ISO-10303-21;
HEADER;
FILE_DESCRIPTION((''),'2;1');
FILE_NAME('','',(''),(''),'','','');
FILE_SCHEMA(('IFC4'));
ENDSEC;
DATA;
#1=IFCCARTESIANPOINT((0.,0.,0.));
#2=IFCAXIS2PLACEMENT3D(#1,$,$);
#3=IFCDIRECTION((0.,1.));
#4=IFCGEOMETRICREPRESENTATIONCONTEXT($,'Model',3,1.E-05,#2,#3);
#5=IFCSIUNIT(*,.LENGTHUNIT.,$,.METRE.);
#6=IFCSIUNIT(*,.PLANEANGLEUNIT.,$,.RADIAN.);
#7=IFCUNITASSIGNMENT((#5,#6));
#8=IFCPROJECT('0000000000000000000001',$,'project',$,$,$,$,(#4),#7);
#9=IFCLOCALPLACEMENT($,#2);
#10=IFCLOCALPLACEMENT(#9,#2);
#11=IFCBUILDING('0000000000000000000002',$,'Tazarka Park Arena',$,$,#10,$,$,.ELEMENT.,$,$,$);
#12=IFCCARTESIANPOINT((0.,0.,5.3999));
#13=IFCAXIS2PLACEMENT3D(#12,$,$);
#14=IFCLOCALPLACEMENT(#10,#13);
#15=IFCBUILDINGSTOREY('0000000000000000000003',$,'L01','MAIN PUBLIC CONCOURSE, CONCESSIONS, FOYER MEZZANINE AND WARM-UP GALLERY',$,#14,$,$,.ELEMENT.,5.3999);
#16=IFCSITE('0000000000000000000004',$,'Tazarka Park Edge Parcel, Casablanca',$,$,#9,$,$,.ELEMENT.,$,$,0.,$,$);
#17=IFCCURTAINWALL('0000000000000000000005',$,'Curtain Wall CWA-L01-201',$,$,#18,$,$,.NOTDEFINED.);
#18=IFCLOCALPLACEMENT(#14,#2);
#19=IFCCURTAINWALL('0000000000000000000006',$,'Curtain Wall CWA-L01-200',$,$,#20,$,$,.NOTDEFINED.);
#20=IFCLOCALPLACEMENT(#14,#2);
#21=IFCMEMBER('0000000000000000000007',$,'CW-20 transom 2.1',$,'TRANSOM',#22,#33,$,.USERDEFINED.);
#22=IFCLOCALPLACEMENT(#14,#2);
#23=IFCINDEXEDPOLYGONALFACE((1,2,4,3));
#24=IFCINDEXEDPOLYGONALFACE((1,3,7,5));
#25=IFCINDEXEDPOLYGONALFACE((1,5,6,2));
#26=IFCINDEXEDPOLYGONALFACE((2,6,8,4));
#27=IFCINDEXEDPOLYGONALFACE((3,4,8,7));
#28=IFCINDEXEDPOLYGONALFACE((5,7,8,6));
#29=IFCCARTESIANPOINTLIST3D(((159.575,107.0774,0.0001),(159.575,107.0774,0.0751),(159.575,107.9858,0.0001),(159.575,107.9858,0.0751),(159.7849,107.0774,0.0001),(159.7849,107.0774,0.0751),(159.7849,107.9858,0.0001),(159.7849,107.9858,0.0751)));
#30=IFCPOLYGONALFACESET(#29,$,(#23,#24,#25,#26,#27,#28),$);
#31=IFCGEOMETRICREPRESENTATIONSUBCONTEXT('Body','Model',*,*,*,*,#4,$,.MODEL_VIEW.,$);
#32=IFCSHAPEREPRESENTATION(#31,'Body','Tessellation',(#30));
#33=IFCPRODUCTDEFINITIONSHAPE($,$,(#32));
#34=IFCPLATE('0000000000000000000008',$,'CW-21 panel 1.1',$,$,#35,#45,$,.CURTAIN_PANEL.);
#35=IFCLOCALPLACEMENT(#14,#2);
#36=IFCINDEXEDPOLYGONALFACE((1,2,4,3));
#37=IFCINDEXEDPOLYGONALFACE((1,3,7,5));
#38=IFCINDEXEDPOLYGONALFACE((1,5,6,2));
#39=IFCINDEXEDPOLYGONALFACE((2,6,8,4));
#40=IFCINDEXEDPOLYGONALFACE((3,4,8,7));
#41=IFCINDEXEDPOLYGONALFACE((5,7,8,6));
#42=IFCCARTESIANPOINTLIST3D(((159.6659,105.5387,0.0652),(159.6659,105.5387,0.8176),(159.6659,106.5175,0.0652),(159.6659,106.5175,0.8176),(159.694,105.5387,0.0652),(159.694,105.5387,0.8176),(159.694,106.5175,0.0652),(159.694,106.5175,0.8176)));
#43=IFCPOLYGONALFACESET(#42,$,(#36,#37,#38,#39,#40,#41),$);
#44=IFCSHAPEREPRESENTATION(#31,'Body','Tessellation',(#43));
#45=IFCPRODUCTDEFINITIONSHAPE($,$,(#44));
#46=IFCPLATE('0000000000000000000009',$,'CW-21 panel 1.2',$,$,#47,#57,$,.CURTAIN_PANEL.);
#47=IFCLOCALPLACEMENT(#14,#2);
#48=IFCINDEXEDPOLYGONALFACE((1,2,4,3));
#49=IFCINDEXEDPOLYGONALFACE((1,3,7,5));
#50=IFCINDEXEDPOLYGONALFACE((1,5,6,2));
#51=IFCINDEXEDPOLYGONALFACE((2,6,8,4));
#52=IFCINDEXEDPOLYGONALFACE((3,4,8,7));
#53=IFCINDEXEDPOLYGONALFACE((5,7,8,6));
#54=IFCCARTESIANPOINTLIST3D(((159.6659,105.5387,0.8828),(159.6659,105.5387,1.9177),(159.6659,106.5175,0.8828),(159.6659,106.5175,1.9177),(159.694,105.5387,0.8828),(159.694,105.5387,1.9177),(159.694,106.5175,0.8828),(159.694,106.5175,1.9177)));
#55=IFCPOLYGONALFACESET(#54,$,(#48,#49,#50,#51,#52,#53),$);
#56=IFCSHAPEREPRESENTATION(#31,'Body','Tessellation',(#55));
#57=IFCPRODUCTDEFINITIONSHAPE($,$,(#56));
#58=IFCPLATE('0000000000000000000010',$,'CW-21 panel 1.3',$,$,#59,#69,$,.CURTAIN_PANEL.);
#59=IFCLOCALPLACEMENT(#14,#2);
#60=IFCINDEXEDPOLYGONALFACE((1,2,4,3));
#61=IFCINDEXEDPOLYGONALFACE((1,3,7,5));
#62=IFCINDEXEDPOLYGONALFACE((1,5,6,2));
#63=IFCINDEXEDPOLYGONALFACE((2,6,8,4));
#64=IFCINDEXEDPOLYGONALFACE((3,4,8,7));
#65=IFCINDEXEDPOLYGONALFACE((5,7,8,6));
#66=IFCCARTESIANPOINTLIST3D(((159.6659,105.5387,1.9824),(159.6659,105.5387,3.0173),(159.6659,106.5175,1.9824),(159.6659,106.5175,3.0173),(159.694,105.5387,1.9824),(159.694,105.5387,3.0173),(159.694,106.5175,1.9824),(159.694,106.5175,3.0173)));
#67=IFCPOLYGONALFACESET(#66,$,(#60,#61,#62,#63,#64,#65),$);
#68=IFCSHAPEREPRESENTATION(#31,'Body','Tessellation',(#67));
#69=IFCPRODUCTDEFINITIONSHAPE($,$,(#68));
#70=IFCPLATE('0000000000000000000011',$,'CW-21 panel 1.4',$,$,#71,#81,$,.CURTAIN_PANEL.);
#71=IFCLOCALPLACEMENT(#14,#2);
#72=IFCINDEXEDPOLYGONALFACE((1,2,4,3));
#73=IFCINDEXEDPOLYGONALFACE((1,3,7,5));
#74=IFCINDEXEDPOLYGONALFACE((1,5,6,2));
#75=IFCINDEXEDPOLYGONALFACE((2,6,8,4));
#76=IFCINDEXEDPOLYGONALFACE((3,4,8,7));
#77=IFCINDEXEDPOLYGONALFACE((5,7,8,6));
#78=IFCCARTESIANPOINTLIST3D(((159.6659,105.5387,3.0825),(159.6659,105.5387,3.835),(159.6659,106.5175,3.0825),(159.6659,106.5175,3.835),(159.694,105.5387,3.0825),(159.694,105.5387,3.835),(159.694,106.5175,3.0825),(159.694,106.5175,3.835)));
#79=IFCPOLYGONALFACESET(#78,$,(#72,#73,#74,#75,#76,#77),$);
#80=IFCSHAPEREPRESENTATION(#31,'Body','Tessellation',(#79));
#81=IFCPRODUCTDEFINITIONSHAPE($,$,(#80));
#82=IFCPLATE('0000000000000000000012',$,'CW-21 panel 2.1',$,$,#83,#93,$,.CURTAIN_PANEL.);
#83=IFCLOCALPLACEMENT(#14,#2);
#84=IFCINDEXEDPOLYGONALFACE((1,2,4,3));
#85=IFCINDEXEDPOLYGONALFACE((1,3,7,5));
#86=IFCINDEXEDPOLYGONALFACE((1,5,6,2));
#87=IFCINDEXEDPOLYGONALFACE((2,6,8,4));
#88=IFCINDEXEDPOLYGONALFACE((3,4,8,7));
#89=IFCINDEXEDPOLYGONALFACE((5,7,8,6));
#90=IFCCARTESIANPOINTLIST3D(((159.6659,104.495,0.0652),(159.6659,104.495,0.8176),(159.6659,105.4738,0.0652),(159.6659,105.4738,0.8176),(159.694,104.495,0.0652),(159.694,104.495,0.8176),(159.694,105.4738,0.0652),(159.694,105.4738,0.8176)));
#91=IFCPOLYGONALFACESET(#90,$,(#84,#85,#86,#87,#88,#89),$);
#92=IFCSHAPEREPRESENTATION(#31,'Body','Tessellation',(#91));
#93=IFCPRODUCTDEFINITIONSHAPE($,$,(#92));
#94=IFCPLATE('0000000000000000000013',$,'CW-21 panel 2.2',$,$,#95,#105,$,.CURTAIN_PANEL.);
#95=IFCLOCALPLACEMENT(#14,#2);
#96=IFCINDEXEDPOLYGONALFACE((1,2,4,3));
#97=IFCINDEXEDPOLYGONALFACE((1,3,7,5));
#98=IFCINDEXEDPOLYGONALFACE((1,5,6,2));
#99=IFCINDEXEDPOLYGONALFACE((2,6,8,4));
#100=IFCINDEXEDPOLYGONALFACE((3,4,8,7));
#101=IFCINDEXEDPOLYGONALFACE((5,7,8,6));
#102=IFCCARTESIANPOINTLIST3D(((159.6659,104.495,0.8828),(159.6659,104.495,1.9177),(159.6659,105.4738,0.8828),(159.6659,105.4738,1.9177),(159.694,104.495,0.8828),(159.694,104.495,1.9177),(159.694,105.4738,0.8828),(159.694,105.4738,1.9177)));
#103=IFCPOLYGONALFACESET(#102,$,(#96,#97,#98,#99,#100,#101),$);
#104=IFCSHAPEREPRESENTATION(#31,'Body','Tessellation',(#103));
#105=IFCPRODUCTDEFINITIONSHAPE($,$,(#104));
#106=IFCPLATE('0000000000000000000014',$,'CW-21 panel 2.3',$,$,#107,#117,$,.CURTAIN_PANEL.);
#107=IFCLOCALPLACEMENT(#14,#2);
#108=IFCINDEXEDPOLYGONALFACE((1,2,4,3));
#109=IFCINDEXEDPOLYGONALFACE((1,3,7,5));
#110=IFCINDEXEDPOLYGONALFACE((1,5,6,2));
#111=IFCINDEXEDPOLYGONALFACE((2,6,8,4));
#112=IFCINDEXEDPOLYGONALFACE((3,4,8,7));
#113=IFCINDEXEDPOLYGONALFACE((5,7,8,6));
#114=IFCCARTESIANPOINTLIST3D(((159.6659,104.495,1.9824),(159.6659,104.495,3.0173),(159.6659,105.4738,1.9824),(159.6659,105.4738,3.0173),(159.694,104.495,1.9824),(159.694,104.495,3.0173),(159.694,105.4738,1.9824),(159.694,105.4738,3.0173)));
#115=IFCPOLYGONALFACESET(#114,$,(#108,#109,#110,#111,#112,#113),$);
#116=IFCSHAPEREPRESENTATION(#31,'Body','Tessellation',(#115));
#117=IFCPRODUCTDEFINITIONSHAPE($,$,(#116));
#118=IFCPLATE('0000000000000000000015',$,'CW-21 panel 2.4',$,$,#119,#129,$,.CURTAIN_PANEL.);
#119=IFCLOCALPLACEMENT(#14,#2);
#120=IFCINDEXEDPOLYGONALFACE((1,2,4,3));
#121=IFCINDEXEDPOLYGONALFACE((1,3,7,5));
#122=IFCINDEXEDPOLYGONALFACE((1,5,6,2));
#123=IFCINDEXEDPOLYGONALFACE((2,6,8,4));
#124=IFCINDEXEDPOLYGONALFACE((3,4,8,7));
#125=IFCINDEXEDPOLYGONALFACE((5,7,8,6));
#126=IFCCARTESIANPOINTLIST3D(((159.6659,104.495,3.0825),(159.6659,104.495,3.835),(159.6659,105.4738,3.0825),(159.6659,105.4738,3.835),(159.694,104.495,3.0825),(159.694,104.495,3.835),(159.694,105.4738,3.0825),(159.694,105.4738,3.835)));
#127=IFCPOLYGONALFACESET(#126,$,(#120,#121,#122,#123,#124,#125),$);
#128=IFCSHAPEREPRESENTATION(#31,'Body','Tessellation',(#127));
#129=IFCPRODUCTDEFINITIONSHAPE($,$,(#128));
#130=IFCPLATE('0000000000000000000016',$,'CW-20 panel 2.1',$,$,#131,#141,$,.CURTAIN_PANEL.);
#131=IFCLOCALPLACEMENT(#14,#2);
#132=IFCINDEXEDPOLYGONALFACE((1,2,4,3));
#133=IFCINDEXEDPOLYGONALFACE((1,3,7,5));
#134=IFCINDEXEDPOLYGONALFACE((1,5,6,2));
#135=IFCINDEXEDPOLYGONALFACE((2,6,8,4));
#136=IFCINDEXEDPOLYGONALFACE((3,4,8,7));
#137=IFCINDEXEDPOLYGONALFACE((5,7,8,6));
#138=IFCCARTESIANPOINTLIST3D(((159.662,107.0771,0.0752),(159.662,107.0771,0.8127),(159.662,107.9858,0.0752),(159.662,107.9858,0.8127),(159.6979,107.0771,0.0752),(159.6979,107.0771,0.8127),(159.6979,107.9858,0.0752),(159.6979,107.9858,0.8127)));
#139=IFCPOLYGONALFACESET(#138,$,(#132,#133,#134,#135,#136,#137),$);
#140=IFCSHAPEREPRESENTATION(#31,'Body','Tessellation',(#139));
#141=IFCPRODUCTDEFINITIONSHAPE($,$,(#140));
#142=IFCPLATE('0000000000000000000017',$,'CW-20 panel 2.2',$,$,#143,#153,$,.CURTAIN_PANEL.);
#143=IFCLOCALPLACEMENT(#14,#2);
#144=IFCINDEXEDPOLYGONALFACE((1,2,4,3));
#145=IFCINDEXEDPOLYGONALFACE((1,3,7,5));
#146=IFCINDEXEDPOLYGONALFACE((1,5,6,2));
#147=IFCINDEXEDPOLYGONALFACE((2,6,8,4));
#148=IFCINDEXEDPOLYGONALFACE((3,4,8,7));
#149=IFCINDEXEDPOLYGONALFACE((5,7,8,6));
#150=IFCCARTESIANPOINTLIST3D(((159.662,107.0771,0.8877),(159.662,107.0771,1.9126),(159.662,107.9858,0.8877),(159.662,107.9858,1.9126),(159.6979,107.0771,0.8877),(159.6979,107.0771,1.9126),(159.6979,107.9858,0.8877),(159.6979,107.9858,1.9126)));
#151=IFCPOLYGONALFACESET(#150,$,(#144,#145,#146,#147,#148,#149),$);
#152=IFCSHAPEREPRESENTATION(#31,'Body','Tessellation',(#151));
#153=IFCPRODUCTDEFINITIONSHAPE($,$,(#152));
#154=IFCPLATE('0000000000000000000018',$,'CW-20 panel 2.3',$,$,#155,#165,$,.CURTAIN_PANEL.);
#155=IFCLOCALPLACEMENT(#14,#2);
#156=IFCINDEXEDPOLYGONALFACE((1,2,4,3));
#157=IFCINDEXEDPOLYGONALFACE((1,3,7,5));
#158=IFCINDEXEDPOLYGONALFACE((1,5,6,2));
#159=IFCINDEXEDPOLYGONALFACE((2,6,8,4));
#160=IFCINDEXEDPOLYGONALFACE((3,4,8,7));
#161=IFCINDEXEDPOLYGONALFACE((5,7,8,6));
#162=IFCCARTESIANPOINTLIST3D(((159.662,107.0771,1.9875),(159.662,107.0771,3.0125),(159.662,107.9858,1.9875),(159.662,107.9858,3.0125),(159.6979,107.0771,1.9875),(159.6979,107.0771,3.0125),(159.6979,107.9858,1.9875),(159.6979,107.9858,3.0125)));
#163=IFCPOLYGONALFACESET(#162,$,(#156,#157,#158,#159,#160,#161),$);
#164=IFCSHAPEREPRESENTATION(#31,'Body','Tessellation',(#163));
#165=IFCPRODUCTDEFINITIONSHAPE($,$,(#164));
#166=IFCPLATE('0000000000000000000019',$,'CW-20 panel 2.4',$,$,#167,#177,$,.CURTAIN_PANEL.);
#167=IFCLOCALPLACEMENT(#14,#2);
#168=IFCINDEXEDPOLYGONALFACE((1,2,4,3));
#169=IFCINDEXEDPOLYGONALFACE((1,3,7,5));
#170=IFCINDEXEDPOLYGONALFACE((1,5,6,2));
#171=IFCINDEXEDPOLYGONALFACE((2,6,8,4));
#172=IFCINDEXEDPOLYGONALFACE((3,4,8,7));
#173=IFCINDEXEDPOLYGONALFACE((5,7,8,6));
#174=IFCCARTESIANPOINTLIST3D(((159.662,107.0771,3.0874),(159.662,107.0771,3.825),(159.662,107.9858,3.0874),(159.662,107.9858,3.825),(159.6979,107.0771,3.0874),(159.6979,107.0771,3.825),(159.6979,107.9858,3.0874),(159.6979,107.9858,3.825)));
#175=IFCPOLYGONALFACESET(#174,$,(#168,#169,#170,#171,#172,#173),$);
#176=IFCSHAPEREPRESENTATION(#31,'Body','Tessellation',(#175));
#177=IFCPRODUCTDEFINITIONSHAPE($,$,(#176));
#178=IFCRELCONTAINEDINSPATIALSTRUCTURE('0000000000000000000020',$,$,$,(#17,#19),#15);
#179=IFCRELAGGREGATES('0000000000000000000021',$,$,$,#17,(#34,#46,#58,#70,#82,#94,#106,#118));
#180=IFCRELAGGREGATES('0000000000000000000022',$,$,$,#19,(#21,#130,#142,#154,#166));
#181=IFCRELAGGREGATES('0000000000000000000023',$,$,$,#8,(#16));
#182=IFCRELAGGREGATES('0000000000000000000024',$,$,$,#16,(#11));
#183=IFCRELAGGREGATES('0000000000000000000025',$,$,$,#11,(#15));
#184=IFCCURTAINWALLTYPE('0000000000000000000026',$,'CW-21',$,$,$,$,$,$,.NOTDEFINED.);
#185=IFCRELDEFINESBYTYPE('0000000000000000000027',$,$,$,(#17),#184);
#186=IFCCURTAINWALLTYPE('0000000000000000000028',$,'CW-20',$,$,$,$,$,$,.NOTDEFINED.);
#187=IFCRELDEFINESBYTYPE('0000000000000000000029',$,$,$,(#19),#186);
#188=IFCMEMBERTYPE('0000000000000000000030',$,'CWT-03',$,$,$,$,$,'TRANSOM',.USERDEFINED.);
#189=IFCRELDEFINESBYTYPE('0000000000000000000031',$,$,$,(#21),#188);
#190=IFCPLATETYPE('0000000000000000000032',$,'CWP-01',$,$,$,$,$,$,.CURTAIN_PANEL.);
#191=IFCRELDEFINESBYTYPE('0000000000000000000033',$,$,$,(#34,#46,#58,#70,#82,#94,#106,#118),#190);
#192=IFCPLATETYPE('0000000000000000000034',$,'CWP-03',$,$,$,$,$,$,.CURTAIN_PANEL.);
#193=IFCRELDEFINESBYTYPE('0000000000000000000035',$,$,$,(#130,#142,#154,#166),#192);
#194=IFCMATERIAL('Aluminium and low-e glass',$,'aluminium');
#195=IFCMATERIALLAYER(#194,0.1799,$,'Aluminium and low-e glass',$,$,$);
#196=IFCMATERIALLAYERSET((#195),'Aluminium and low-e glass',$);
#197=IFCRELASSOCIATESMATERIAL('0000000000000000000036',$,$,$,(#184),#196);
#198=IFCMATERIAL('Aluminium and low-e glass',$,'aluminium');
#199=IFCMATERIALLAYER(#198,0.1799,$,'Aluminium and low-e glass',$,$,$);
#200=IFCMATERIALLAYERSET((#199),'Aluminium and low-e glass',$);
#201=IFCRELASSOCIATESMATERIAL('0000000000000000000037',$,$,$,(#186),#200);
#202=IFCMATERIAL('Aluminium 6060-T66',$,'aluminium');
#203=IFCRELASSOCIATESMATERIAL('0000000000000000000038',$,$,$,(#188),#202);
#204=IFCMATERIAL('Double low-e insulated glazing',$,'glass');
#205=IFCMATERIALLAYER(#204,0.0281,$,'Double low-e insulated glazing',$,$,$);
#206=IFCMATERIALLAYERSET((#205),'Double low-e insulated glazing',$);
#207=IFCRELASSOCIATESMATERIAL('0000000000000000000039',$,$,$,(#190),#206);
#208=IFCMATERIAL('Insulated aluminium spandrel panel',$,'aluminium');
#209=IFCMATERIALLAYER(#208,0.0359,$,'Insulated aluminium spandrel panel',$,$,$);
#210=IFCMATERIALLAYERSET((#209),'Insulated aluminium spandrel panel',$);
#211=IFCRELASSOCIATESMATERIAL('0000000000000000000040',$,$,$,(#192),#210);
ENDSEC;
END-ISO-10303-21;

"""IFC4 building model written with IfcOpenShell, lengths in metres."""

from ifc_helpers import new_model, si_unit, direction, frame, origin, origin_2d, place, context, subcontext, project, spatial, rectangle, extrude, material, layer, layer_set, material_profile, profile_set, type_object, element, aggregate, save


model = new_model("IFC4")

# Units and contexts
model_context = context("Model", 3, precision=1e-05, world=origin(), true_north=direction((0.0, 1.0)))
body_context = subcontext(model_context, "Body", "Model", "MODEL_VIEW")
ifc_project = project(units=[si_unit("LENGTHUNIT", "METRE"), si_unit("PLANEANGLEUNIT", "RADIAN")], contexts=[model_context])

# Site, building, storey
site_placement = place(None, origin())
site = spatial("IfcSite", under=ifc_project, at=site_placement, Name="Tazarka Park Edge Parcel, Casablanca", CompositionType="ELEMENT", RefElevation=0.0)
building_placement = place(site_placement, origin())
building = spatial("IfcBuilding", under=site, at=building_placement, Name="Tazarka Park Arena", CompositionType="ELEMENT")
storey_placement = place(building_placement, frame((0.0, 0.0, 5.3999)))
storey = spatial("IfcBuildingStorey", under=building, at=storey_placement, Name="L01", Description="MAIN PUBLIC CONCOURSE, CONCESSIONS, FOYER MEZZANINE AND WARM-UP GALLERY", CompositionType="ELEMENT", Elevation=5.3999)

# Curtain wall
ifc_material_1 = material(Name="Aluminium and low-e glass", Category="aluminium")
ifc_layer_1 = layer(ifc_material_1, 0.1799, Name="Aluminium and low-e glass")
ifc_layer_set_1 = layer_set([ifc_layer_1], Name="Aluminium and low-e glass")
curtain_wall_type_1 = type_object("IfcCurtainWallType", Name="CW-21", PredefinedType="NOTDEFINED", material=ifc_layer_set_1)
curtain_wall_1_placement = place(storey_placement, origin())
curtain_wall_1 = element("IfcCurtainWall", 1, at=curtain_wall_1_placement, inside=storey, type_object=curtain_wall_type_1, Name="Curtain Wall CWA-L01-201", PredefinedType="NOTDEFINED")

# Curtain wall
ifc_material_2 = material(Name="Aluminium and low-e glass", Category="aluminium")
ifc_layer_2 = layer(ifc_material_2, 0.1799, Name="Aluminium and low-e glass")
ifc_layer_set_2 = layer_set([ifc_layer_2], Name="Aluminium and low-e glass")
curtain_wall_type_2 = type_object("IfcCurtainWallType", Name="CW-20", PredefinedType="NOTDEFINED", material=ifc_layer_set_2)
curtain_wall_2_placement = place(storey_placement, origin())
curtain_wall_2 = element("IfcCurtainWall", 2, at=curtain_wall_2_placement, inside=storey, type_object=curtain_wall_type_2, Name="Curtain Wall CWA-L01-200", PredefinedType="NOTDEFINED")

# Member
ifc_material_3 = material(Name="Aluminium 6060-T66", Category="aluminium")
ifc_material_profile_1 = material_profile(ifc_material_3, rectangle(XDim=0.21, YDim=0.075, at=origin_2d()), Name="Aluminium 6060-T66")
ifc_profile_set_1 = profile_set([ifc_material_profile_1], Name="Aluminium 6060-T66")
member_type_1 = type_object("IfcMemberType", Name="CWT-03", ElementType="TRANSOM", PredefinedType="USERDEFINED", material=ifc_profile_set_1)
member_1_placement = place(storey_placement, frame((159.6799, 107.9858, 0.0376), z_axis=(0.0, -1.0, 0.0), x_axis=(1.0, 0.0, 0.0)))
member_1 = element("IfcMember", 3, at=member_1_placement, type_object=member_type_1, Name="CW-20 transom 2.1", ObjectType="TRANSOM", PredefinedType="USERDEFINED", context=body_context, shape_type="SweptSolid", body=[
    extrude(rectangle(XDim=0.21, YDim=0.075, at=origin_2d()), origin(), (0.0, 0.0, 1.0), 0.9084),
])

# Plates
ifc_material_4 = material(Name="Double low-e insulated glazing", Category="glass")
ifc_layer_3 = layer(ifc_material_4, 0.0281, Name="Double low-e insulated glazing")
ifc_layer_set_3 = layer_set([ifc_layer_3], Name="Double low-e insulated glazing")
plate_type_1 = type_object("IfcPlateType", Name="CWP-01", PredefinedType="CURTAIN_PANEL", material=ifc_layer_set_3)
plate_1_placement = place(storey_placement, frame((159.6799, 106.0281, 0.0652), z_axis=(0.0, 0.0, 1.0), x_axis=(0.0, -1.0, 0.0)))
plate_1 = element("IfcPlate", 4, at=plate_1_placement, type_object=plate_type_1, Name="CW-21 panel 1.1", PredefinedType="CURTAIN_PANEL", context=body_context, shape_type="SweptSolid", body=[
    extrude(rectangle(XDim=0.9788, YDim=0.0281, at=origin_2d()), origin(), (0.0, 0.0, 1.0), 0.7524),
])
plate_2_placement = place(storey_placement, frame((159.6799, 106.0281, 0.8828), z_axis=(0.0, 0.0, 1.0), x_axis=(0.0, -1.0, 0.0)))
plate_2 = element("IfcPlate", 5, at=plate_2_placement, type_object=plate_type_1, Name="CW-21 panel 1.2", PredefinedType="CURTAIN_PANEL", context=body_context, shape_type="SweptSolid", body=[
    extrude(rectangle(XDim=0.9788, YDim=0.0281, at=origin_2d()), origin(), (0.0, 0.0, 1.0), 1.0349),
])
plate_3_placement = place(storey_placement, frame((159.6799, 106.0281, 1.9824), z_axis=(0.0, 0.0, 1.0), x_axis=(0.0, -1.0, 0.0)))
plate_3 = element("IfcPlate", 6, at=plate_3_placement, type_object=plate_type_1, Name="CW-21 panel 1.3", PredefinedType="CURTAIN_PANEL", context=body_context, shape_type="SweptSolid", body=[
    extrude(rectangle(XDim=0.9788, YDim=0.0281, at=origin_2d()), origin(), (0.0, 0.0, 1.0), 1.0349),
])
plate_4_placement = place(storey_placement, frame((159.6799, 106.0281, 3.0825), z_axis=(0.0, 0.0, 1.0), x_axis=(0.0, -1.0, 0.0)))
plate_4 = element("IfcPlate", 7, at=plate_4_placement, type_object=plate_type_1, Name="CW-21 panel 1.4", PredefinedType="CURTAIN_PANEL", context=body_context, shape_type="SweptSolid", body=[
    extrude(rectangle(XDim=0.9788, YDim=0.0281, at=origin_2d()), origin(), (0.0, 0.0, 1.0), 0.7524),
])
plate_5_placement = place(storey_placement, frame((159.6799, 104.9844, 0.0652), z_axis=(0.0, 0.0, 1.0), x_axis=(0.0, -1.0, 0.0)))
plate_5 = element("IfcPlate", 8, at=plate_5_placement, type_object=plate_type_1, Name="CW-21 panel 2.1", PredefinedType="CURTAIN_PANEL", context=body_context, shape_type="SweptSolid", body=[
    extrude(rectangle(XDim=0.9788, YDim=0.0281, at=origin_2d()), origin(), (0.0, 0.0, 1.0), 0.7524),
])
plate_6_placement = place(storey_placement, frame((159.6799, 104.9844, 0.8828), z_axis=(0.0, 0.0, 1.0), x_axis=(0.0, -1.0, 0.0)))
plate_6 = element("IfcPlate", 9, at=plate_6_placement, type_object=plate_type_1, Name="CW-21 panel 2.2", PredefinedType="CURTAIN_PANEL", context=body_context, shape_type="SweptSolid", body=[
    extrude(rectangle(XDim=0.9788, YDim=0.0281, at=origin_2d()), origin(), (0.0, 0.0, 1.0), 1.0349),
])
plate_7_placement = place(storey_placement, frame((159.6799, 104.9844, 1.9824), z_axis=(0.0, 0.0, 1.0), x_axis=(0.0, -1.0, 0.0)))
plate_7 = element("IfcPlate", 10, at=plate_7_placement, type_object=plate_type_1, Name="CW-21 panel 2.3", PredefinedType="CURTAIN_PANEL", context=body_context, shape_type="SweptSolid", body=[
    extrude(rectangle(XDim=0.9788, YDim=0.0281, at=origin_2d()), origin(), (0.0, 0.0, 1.0), 1.0349),
])
plate_8_placement = place(storey_placement, frame((159.6799, 104.9844, 3.0825), z_axis=(0.0, 0.0, 1.0), x_axis=(0.0, -1.0, 0.0)))
plate_8 = element("IfcPlate", 11, at=plate_8_placement, type_object=plate_type_1, Name="CW-21 panel 2.4", PredefinedType="CURTAIN_PANEL", context=body_context, shape_type="SweptSolid", body=[
    extrude(rectangle(XDim=0.9788, YDim=0.0281, at=origin_2d()), origin(), (0.0, 0.0, 1.0), 0.7524),
])
aggregate(curtain_wall_1, [plate_1, plate_2, plate_3, plate_4, plate_5, plate_6, plate_7, plate_8])
ifc_material_5 = material(Name="Insulated aluminium spandrel panel", Category="aluminium")
ifc_layer_4 = layer(ifc_material_5, 0.0359, Name="Insulated aluminium spandrel panel")
ifc_layer_set_4 = layer_set([ifc_layer_4], Name="Insulated aluminium spandrel panel")
plate_type_2 = type_object("IfcPlateType", Name="CWP-03", PredefinedType="CURTAIN_PANEL", material=ifc_layer_set_4)
plate_9_placement = place(storey_placement, frame((159.6799, 107.5315, 0.0752), z_axis=(0.0, 0.0, 1.0), x_axis=(0.0, -1.0, 0.0)))
plate_9 = element("IfcPlate", 12, at=plate_9_placement, type_object=plate_type_2, Name="CW-20 panel 2.1", PredefinedType="CURTAIN_PANEL", context=body_context, shape_type="SweptSolid", body=[
    extrude(rectangle(XDim=0.9087, YDim=0.0359, at=origin_2d()), origin(), (0.0, 0.0, 1.0), 0.7375),
])
plate_10_placement = place(storey_placement, frame((159.6799, 107.5315, 0.8877), z_axis=(0.0, 0.0, 1.0), x_axis=(0.0, -1.0, 0.0)))
plate_10 = element("IfcPlate", 13, at=plate_10_placement, type_object=plate_type_2, Name="CW-20 panel 2.2", PredefinedType="CURTAIN_PANEL", context=body_context, shape_type="SweptSolid", body=[
    extrude(rectangle(XDim=0.9087, YDim=0.0359, at=origin_2d()), origin(), (0.0, 0.0, 1.0), 1.0249),
])
plate_11_placement = place(storey_placement, frame((159.6799, 107.5315, 1.9875), z_axis=(0.0, 0.0, 1.0), x_axis=(0.0, -1.0, 0.0)))
plate_11 = element("IfcPlate", 14, at=plate_11_placement, type_object=plate_type_2, Name="CW-20 panel 2.3", PredefinedType="CURTAIN_PANEL", context=body_context, shape_type="SweptSolid", body=[
    extrude(rectangle(XDim=0.9087, YDim=0.0359, at=origin_2d()), origin(), (0.0, 0.0, 1.0), 1.0249),
])
plate_12_placement = place(storey_placement, frame((159.6799, 107.5315, 3.0874), z_axis=(0.0, 0.0, 1.0), x_axis=(0.0, -1.0, 0.0)))
plate_12 = element("IfcPlate", 15, at=plate_12_placement, type_object=plate_type_2, Name="CW-20 panel 2.4", PredefinedType="CURTAIN_PANEL", context=body_context, shape_type="SweptSolid", body=[
    extrude(rectangle(XDim=0.9087, YDim=0.0359, at=origin_2d()), origin(), (0.0, 0.0, 1.0), 0.7375),
])
aggregate(curtain_wall_2, [member_1, plate_9, plate_10, plate_11, plate_12])

save(model, "model.ifc")
